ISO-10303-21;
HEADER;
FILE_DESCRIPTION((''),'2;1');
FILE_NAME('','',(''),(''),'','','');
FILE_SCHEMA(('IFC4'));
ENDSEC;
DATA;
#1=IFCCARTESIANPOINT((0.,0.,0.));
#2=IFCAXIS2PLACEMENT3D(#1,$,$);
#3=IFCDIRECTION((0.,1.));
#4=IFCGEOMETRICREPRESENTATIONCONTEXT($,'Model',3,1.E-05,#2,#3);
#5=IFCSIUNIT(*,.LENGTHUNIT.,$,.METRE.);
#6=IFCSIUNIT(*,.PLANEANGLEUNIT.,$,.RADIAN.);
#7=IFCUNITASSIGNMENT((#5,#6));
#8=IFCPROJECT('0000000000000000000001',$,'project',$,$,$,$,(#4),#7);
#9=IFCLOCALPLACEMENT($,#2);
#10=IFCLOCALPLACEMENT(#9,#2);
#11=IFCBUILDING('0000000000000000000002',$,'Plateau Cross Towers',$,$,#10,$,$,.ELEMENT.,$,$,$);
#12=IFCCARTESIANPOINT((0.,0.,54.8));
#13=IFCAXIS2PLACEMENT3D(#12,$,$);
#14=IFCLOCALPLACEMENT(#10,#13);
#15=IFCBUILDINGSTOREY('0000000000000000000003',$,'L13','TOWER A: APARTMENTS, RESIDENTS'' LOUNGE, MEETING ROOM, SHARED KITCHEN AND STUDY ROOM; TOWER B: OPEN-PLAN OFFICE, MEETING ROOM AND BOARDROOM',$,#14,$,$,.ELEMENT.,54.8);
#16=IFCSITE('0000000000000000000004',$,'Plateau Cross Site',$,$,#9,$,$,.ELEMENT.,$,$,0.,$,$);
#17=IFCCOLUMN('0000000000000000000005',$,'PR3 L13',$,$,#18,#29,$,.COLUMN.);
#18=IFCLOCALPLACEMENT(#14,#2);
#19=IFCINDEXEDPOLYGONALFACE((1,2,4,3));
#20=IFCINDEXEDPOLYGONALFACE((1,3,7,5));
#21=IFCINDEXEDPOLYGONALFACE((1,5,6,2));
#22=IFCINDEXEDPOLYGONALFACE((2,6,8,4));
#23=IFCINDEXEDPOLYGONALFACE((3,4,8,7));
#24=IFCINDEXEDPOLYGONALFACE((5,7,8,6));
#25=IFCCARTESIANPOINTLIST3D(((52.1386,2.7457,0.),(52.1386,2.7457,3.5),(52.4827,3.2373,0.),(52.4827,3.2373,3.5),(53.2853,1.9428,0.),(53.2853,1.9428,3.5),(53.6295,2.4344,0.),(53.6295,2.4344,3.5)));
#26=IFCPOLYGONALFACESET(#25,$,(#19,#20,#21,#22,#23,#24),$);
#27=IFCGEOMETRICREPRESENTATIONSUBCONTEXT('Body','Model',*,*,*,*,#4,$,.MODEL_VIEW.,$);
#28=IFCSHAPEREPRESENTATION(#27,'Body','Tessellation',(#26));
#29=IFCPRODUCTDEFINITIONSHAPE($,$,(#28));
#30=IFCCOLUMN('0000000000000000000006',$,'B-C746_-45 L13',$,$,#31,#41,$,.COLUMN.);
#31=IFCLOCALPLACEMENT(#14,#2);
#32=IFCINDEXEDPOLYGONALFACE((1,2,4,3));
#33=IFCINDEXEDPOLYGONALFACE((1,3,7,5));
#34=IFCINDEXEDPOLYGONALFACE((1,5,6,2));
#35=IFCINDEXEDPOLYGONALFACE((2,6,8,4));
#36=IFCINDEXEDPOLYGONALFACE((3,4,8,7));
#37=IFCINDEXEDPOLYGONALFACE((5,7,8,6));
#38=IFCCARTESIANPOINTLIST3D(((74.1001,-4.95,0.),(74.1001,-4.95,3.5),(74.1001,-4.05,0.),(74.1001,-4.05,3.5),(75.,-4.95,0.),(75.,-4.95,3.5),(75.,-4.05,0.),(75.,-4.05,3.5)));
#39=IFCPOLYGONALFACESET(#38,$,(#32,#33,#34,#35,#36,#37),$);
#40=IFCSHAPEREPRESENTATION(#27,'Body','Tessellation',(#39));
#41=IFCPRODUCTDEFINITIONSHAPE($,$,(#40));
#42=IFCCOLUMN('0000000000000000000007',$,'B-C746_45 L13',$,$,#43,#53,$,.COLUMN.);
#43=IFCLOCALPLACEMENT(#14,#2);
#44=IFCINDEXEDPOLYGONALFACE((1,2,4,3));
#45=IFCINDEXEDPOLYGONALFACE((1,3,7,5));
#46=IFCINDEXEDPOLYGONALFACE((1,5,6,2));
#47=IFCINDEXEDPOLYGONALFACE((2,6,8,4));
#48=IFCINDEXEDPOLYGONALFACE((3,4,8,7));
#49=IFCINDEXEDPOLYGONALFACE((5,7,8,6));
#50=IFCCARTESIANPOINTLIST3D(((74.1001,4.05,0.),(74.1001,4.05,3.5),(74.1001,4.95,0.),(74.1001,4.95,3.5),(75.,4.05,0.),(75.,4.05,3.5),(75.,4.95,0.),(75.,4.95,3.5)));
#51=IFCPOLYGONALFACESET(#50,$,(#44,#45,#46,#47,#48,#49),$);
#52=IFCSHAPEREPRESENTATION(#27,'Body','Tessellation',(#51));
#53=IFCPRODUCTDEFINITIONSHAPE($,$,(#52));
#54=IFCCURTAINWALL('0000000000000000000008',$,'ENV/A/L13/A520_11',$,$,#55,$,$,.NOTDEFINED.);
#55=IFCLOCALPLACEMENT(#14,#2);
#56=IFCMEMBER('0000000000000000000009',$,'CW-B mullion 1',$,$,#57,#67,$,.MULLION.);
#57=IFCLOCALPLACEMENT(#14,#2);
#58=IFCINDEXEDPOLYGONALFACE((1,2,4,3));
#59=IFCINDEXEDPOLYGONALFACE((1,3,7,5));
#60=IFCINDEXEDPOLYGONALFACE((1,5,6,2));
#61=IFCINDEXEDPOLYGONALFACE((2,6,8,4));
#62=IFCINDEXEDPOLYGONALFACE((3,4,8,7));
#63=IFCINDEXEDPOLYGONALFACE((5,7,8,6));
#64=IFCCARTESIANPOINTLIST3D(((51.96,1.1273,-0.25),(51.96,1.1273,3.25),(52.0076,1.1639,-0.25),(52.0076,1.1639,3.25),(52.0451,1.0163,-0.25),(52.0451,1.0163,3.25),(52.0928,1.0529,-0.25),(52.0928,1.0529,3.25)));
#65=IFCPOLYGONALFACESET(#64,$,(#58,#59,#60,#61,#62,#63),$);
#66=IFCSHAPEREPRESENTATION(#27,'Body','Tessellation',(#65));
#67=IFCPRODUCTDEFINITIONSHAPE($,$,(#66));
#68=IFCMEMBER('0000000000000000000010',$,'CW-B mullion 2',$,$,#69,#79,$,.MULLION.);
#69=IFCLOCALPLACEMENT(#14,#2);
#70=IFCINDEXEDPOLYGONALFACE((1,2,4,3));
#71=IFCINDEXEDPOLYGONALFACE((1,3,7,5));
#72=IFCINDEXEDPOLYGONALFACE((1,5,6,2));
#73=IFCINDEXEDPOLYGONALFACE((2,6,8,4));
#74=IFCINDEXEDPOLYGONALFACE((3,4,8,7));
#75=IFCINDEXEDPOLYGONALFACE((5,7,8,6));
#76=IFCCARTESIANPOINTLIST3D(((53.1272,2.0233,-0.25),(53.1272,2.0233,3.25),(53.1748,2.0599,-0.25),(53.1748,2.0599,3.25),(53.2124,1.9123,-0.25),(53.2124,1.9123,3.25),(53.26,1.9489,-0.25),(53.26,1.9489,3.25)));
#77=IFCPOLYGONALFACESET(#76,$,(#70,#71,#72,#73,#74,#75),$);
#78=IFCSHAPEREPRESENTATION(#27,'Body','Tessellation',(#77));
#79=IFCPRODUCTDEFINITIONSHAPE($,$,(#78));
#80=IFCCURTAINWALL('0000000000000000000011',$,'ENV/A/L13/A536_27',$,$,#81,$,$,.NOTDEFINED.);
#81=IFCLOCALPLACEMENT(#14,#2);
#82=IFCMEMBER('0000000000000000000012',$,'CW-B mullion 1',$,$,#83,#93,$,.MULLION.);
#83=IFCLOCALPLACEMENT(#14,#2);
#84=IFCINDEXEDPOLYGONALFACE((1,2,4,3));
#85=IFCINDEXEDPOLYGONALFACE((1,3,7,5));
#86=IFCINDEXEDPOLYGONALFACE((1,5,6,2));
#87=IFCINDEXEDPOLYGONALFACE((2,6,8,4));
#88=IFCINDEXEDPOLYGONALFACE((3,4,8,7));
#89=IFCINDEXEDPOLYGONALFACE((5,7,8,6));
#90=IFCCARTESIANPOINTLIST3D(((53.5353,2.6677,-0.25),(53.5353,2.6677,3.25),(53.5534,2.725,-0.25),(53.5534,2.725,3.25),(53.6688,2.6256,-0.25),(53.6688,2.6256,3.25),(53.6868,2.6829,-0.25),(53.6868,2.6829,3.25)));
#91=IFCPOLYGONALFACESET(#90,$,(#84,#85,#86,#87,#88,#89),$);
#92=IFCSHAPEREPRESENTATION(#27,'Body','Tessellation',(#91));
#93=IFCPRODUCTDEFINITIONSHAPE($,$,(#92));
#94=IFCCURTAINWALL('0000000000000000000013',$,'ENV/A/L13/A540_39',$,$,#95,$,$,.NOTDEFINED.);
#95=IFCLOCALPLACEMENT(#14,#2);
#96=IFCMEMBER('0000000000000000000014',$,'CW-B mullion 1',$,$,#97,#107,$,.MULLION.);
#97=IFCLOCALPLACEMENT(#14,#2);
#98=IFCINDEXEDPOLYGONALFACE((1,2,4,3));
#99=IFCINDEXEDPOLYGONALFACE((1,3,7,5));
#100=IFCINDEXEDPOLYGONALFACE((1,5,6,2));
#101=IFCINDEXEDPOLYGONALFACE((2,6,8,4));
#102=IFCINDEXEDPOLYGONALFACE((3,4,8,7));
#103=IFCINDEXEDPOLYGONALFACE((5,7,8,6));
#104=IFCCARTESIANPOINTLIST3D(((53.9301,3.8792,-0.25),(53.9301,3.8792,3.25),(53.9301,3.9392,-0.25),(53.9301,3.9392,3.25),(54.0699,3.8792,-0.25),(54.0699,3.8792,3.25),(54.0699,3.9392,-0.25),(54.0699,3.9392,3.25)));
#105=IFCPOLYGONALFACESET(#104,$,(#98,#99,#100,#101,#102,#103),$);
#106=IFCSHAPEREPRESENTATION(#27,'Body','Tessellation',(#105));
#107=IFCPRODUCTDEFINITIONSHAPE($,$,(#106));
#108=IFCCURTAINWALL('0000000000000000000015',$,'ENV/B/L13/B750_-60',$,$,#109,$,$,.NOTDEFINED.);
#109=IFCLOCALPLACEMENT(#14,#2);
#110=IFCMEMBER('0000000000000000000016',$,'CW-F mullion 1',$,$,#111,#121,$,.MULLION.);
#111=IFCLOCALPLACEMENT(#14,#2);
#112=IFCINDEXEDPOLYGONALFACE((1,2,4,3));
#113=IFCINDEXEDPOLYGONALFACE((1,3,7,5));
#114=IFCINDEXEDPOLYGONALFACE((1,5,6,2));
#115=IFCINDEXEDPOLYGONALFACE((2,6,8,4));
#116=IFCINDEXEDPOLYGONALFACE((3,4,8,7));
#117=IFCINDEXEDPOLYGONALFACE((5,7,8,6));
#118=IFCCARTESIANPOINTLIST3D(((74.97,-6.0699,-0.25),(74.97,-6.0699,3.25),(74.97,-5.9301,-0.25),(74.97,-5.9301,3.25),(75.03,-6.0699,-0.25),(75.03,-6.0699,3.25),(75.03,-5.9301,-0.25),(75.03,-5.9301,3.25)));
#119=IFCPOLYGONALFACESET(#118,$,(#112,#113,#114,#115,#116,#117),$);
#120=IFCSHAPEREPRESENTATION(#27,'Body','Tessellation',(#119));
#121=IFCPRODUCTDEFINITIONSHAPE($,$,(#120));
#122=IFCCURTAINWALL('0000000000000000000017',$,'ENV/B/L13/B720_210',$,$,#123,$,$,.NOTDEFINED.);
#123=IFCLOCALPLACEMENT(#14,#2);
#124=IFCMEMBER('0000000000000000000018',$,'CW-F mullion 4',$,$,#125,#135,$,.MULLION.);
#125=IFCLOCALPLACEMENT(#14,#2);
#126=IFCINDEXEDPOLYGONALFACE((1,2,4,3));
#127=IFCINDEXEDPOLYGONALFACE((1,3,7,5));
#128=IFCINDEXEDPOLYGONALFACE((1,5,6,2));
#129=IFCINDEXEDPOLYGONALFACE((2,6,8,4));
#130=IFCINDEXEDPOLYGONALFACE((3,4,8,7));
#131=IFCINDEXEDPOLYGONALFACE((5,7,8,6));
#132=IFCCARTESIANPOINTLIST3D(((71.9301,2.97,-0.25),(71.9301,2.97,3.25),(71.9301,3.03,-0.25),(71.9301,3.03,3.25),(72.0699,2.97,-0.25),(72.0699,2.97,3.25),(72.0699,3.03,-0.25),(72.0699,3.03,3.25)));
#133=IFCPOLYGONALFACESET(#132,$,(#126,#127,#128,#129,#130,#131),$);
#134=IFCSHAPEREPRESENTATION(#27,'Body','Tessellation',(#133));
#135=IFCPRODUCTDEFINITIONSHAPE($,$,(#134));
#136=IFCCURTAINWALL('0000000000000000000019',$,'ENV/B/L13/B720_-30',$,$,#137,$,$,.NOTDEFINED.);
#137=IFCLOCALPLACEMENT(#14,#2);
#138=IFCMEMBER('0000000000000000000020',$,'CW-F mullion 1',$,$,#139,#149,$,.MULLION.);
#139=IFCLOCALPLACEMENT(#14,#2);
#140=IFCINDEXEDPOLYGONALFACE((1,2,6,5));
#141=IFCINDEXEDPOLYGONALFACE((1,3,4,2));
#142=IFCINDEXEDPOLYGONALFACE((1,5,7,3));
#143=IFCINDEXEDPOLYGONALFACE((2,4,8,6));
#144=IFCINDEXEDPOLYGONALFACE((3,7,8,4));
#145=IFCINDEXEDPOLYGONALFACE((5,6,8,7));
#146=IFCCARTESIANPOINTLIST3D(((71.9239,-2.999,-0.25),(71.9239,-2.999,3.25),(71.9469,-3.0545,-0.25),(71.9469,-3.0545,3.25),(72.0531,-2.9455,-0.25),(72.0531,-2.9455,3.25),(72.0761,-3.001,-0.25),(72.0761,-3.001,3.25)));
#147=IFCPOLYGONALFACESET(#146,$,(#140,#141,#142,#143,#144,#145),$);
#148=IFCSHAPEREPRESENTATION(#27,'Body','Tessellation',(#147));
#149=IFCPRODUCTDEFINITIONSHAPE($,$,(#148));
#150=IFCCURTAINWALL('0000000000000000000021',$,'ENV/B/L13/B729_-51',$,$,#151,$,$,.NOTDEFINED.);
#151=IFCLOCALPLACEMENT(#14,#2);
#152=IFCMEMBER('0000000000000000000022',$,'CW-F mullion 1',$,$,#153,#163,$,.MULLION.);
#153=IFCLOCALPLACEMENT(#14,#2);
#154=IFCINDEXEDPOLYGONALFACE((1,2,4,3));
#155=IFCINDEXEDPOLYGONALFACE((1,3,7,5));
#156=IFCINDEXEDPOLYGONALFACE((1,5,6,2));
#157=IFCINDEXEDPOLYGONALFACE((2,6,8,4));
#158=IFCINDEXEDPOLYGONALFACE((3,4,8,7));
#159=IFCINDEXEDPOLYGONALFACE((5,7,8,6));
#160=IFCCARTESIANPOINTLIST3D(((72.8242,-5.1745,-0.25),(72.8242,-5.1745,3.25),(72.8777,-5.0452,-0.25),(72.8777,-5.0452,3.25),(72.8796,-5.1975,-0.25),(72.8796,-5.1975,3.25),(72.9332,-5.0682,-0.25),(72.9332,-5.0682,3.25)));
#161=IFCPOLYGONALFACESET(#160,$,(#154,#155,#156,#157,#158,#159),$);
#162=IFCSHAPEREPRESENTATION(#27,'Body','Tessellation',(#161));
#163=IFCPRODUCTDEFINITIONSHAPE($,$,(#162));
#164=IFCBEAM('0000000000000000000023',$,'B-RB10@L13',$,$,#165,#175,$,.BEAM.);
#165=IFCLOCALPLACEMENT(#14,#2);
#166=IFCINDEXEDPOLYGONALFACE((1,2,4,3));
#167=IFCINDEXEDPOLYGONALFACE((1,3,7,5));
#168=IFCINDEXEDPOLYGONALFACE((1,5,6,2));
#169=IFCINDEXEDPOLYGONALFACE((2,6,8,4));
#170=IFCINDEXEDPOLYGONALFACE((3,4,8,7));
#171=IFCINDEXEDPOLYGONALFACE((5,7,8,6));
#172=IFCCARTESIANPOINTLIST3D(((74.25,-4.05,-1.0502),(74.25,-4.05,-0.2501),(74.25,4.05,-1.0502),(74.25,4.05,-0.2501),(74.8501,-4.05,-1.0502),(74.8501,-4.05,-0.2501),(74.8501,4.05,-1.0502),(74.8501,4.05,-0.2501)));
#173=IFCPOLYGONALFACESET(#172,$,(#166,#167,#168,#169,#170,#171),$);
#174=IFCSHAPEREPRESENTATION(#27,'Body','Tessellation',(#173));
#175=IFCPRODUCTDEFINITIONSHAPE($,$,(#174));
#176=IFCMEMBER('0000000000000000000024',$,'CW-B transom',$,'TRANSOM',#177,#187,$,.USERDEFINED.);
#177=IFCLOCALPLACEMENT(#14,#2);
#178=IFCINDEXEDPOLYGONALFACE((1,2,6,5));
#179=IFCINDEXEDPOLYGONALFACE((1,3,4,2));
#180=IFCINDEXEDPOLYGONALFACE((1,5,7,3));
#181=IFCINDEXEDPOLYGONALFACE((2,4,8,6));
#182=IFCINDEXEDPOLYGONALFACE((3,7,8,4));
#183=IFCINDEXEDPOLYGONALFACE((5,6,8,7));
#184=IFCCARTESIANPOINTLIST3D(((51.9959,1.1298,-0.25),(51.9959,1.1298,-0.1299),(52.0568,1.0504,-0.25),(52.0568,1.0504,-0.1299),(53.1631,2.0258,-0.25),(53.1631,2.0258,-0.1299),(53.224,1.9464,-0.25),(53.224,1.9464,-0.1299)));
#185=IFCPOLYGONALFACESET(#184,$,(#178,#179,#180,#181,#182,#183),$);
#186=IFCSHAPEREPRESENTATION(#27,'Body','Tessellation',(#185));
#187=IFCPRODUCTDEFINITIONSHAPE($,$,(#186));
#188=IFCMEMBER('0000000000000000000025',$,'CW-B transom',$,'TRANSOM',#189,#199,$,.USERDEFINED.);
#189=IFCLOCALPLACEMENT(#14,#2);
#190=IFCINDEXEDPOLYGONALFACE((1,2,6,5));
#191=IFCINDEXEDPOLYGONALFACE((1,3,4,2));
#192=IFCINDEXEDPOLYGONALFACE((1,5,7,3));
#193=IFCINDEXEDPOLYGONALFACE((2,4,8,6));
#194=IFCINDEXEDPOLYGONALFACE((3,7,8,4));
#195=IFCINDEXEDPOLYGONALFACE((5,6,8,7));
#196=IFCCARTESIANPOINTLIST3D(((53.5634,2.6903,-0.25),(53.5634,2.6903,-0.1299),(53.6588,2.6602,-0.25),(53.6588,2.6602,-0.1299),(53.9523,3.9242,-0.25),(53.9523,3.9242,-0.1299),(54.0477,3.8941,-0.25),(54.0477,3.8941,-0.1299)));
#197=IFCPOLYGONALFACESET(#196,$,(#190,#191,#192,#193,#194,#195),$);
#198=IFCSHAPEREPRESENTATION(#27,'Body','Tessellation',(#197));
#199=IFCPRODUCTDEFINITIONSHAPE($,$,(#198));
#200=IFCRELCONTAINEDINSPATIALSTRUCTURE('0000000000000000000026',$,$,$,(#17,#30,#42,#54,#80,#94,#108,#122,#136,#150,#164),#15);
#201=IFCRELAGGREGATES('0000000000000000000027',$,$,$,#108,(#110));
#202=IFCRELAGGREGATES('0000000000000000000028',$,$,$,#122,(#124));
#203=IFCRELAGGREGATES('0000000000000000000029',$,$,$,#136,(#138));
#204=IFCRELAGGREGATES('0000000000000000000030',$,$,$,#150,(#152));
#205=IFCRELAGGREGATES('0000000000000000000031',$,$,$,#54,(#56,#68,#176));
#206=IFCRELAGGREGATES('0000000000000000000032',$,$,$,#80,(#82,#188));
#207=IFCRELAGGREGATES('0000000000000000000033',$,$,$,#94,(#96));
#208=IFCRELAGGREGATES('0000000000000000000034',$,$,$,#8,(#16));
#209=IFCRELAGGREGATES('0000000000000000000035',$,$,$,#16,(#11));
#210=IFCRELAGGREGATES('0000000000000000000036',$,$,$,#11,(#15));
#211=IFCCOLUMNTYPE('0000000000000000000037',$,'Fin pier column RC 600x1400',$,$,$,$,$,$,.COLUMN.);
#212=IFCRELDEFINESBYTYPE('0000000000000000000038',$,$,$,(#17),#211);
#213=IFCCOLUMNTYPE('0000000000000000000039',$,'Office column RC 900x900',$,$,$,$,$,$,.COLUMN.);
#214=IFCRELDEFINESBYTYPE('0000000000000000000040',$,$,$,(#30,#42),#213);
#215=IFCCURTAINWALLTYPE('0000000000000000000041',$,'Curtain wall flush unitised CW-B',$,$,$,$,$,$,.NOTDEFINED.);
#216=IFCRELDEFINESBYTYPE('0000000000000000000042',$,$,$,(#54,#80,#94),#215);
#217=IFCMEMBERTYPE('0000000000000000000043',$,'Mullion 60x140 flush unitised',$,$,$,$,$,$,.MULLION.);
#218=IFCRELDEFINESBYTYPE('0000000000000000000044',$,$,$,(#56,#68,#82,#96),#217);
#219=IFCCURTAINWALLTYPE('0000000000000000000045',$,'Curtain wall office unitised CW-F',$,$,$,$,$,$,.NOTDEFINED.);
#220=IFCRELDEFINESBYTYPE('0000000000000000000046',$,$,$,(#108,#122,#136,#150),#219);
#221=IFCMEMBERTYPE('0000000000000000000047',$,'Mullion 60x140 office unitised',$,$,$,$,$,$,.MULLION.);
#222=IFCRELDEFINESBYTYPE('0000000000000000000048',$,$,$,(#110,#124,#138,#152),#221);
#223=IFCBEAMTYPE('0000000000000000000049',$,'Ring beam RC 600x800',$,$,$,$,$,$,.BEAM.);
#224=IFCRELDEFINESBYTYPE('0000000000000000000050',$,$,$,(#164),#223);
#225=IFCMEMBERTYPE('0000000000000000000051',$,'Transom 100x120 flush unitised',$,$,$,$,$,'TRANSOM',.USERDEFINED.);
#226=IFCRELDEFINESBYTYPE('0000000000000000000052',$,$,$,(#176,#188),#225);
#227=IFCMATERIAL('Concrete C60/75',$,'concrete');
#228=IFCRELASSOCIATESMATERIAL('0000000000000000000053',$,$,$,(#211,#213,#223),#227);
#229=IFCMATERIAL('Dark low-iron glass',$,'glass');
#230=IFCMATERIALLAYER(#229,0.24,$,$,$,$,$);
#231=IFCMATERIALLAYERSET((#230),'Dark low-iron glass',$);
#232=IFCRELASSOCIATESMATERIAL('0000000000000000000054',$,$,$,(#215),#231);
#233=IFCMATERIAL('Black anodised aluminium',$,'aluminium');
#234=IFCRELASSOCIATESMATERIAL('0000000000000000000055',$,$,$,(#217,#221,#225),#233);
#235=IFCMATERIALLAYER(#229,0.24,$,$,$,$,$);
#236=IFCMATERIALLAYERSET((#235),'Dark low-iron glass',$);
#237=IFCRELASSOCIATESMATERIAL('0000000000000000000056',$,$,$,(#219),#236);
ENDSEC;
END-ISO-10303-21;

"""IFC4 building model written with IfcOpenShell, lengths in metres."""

from ifc_helpers import new_model, si_unit, direction, frame, origin, origin_2d, place, context, subcontext, project, spatial, rectangle, extrude, material, layer, layer_set, material_profile, profile_set, type_object, element, aggregate, save


model = new_model("IFC4")

# Units and contexts
model_context = context("Model", 3, precision=1e-05, world=origin(), true_north=direction((0.0, 1.0)))
body_context = subcontext(model_context, "Body", "Model", "MODEL_VIEW")
ifc_project = project(units=[si_unit("LENGTHUNIT", "METRE"), si_unit("PLANEANGLEUNIT", "RADIAN")], contexts=[model_context])

# Site, building, storey
site_placement = place(None, origin())
site = spatial("IfcSite", under=ifc_project, at=site_placement, Name="Plateau Cross Site", CompositionType="ELEMENT", RefElevation=0.0)
building_placement = place(site_placement, origin())
building = spatial("IfcBuilding", under=site, at=building_placement, Name="Plateau Cross Towers", CompositionType="ELEMENT")
storey_placement = place(building_placement, frame((0.0, 0.0, 54.8)))
storey = spatial("IfcBuildingStorey", under=building, at=storey_placement, Name="L13", Description="TOWER A: APARTMENTS, RESIDENTS' LOUNGE, MEETING ROOM, SHARED KITCHEN AND STUDY ROOM; TOWER B: OPEN-PLAN OFFICE, MEETING ROOM AND BOARDROOM", CompositionType="ELEMENT", Elevation=54.8)

# Columns
ifc_material_1 = material(Name="Concrete C60/75", Category="concrete")
ifc_material_profile_1 = material_profile(ifc_material_1, rectangle(XDim=0.6001, YDim=1.3999, at=origin_2d()), Name="RC 600x1400")
ifc_profile_set_1 = profile_set([ifc_material_profile_1], Name="Concrete C60/75")
column_type_1 = type_object("IfcColumnType", Name="Fin pier column RC 600x1400", PredefinedType="COLUMN", material=ifc_profile_set_1)
column_placement = place(storey_placement, frame((52.884, 2.5901, 0.0), z_axis=(0.0, 0.0, 1.0), x_axis=(0.573543, 0.819176, 0.0)))
element("IfcColumn", 1, at=column_placement, inside=storey, type_object=column_type_1, Name="PR3 L13", PredefinedType="COLUMN", context=body_context, shape_type="SweptSolid", body=[
    extrude(rectangle(XDim=0.6001, YDim=1.3999, at=origin_2d()), origin(), (0.0, 0.0, 1.0), 3.5),
])
ifc_material_profile_2 = material_profile(ifc_material_1, rectangle(XDim=0.8999, YDim=0.8999, at=origin_2d()), Name="RC 900x900")
ifc_profile_set_2 = profile_set([ifc_material_profile_2], Name="Concrete C60/75")
column_type_2 = type_object("IfcColumnType", Name="Office column RC 900x900", PredefinedType="COLUMN", material=ifc_profile_set_2)
for number, where, z_axis, x_axis, name in (
    (2, (74.55, -4.5, 0.0), (0.0, 0.0, 1.0), (1.0, 0.0, 0.0), "B-C746_-45 L13"),
    (3, (74.55, 4.5, 0.0), (0.0, 0.0, 1.0), (1.0, 0.0, 0.0), "B-C746_45 L13"),
):
    element("IfcColumn", number, at=place(storey_placement, frame(where, z_axis=z_axis, x_axis=x_axis)), inside=storey, type_object=column_type_2, Name=name, PredefinedType="COLUMN", context=body_context, shape_type="SweptSolid", body=[
        extrude(rectangle(XDim=0.8999, YDim=0.8999, at=origin_2d()), origin(), (0.0, 0.0, 1.0), 3.5),
    ])

# Curtain wall, members
ifc_material_2 = material(Name="Dark low-iron glass", Category="glass")
ifc_layer_1 = layer(ifc_material_2, 0.24)
ifc_layer_set_1 = layer_set([ifc_layer_1], Name="Dark low-iron glass")
curtain_wall_type_1 = type_object("IfcCurtainWallType", Name="Curtain wall flush unitised CW-B", PredefinedType="NOTDEFINED", material=ifc_layer_set_1)
curtain_wall_1_placement = place(storey_placement, origin())
curtain_wall_1 = element("IfcCurtainWall", 4, at=curtain_wall_1_placement, inside=storey, type_object=curtain_wall_type_1, Name="ENV/A/L13/A520_11", PredefinedType="NOTDEFINED")
ifc_material_3 = material(Name="Black anodised aluminium", Category="aluminium")
ifc_material_profile_3 = material_profile(ifc_material_3, rectangle(XDim=0.0601, YDim=0.1399, at=origin_2d()), Name="MULLION 60x140")
ifc_profile_set_3 = profile_set([ifc_material_profile_3], Name="Black anodised aluminium")
member_type_1 = type_object("IfcMemberType", Name="Mullion 60x140 flush unitised", PredefinedType="MULLION", material=ifc_profile_set_3)
member_1_placement = place(storey_placement, frame((52.0264, 1.0901, -0.25), z_axis=(0.0, 0.0, 1.0), x_axis=(0.793316, 0.608811, 0.0)))
member_1 = element("IfcMember", 5, at=member_1_placement, type_object=member_type_1, Name="CW-B mullion 1", PredefinedType="MULLION", context=body_context, shape_type="SweptSolid", body=[
    extrude(rectangle(XDim=0.0601, YDim=0.1399, at=origin_2d()), origin(), (0.0, 0.0, 1.0), 3.5),
])
member_2_placement = place(storey_placement, frame((53.1936, 1.9861, -0.25), z_axis=(0.0, 0.0, 1.0), x_axis=(0.793316, 0.608811, 0.0)))
member_2 = element("IfcMember", 6, at=member_2_placement, type_object=member_type_1, Name="CW-B mullion 2", PredefinedType="MULLION", context=body_context, shape_type="SweptSolid", body=[
    extrude(rectangle(XDim=0.0601, YDim=0.1399, at=origin_2d()), origin(), (0.0, 0.0, 1.0), 3.5),
])

# Curtain walls, members
curtain_wall_2_placement = place(storey_placement, origin())
curtain_wall_2 = element("IfcCurtainWall", 7, at=curtain_wall_2_placement, inside=storey, type_object=curtain_wall_type_1, Name="ENV/A/L13/A536_27", PredefinedType="NOTDEFINED")
member_3_placement = place(storey_placement, frame((53.6111, 2.6753, -0.25), z_axis=(0.0, 0.0, 1.0), x_axis=(0.300686, 0.953723, 0.0)))
member_3 = element("IfcMember", 8, at=member_3_placement, type_object=member_type_1, Name="CW-B mullion 1", PredefinedType="MULLION", context=body_context, shape_type="SweptSolid", body=[
    extrude(rectangle(XDim=0.0601, YDim=0.1399, at=origin_2d()), origin(), (0.0, 0.0, 1.0), 3.5),
])
curtain_wall_3_placement = place(storey_placement, origin())
curtain_wall_3 = element("IfcCurtainWall", 9, at=curtain_wall_3_placement, inside=storey, type_object=curtain_wall_type_1, Name="ENV/A/L13/A540_39", PredefinedType="NOTDEFINED")
member_4_placement = place(storey_placement, frame((54.0, 3.9092, -0.25), z_axis=(0.0, 0.0, 1.0), x_axis=(0.0, 1.0, 0.0)))
member_4 = element("IfcMember", 10, at=member_4_placement, type_object=member_type_1, Name="CW-B mullion 1", PredefinedType="MULLION", context=body_context, shape_type="SweptSolid", body=[
    extrude(rectangle(XDim=0.0601, YDim=0.1399, at=origin_2d()), origin(), (0.0, 0.0, 1.0), 3.5),
])
ifc_layer_2 = layer(ifc_material_2, 0.24)
ifc_layer_set_2 = layer_set([ifc_layer_2], Name="Dark low-iron glass")
curtain_wall_type_2 = type_object("IfcCurtainWallType", Name="Curtain wall office unitised CW-F", PredefinedType="NOTDEFINED", material=ifc_layer_set_2)
curtain_wall_4_placement = place(storey_placement, origin())
curtain_wall_4 = element("IfcCurtainWall", 11, at=curtain_wall_4_placement, inside=storey, type_object=curtain_wall_type_2, Name="ENV/B/L13/B750_-60", PredefinedType="NOTDEFINED")
ifc_material_profile_4 = material_profile(ifc_material_3, rectangle(XDim=0.0601, YDim=0.1399, at=origin_2d()), Name="MULLION 60x140")
ifc_profile_set_4 = profile_set([ifc_material_profile_4], Name="Black anodised aluminium")
member_type_2 = type_object("IfcMemberType", Name="Mullion 60x140 office unitised", PredefinedType="MULLION", material=ifc_profile_set_4)
member_5_placement = place(storey_placement, frame((75.0, -6.0, -0.25), z_axis=(0.0, 0.0, 1.0), x_axis=(1.0, 0.0, 0.0)))
member_5 = element("IfcMember", 12, at=member_5_placement, type_object=member_type_2, Name="CW-F mullion 1", PredefinedType="MULLION", context=body_context, shape_type="SweptSolid", body=[
    extrude(rectangle(XDim=0.0601, YDim=0.1399, at=origin_2d()), origin(), (0.0, 0.0, 1.0), 3.5),
])
curtain_wall_5_placement = place(storey_placement, origin())
curtain_wall_5 = element("IfcCurtainWall", 13, at=curtain_wall_5_placement, inside=storey, type_object=curtain_wall_type_2, Name="ENV/B/L13/B720_210", PredefinedType="NOTDEFINED")
member_6_placement = place(storey_placement, frame((72.0, 3.0, -0.25), z_axis=(0.0, 0.0, 1.0), x_axis=(0.0, -1.0, 0.0)))
member_6 = element("IfcMember", 14, at=member_6_placement, type_object=member_type_2, Name="CW-F mullion 4", PredefinedType="MULLION", context=body_context, shape_type="SweptSolid", body=[
    extrude(rectangle(XDim=0.0601, YDim=0.1399, at=origin_2d()), origin(), (0.0, 0.0, 1.0), 3.5),
])
curtain_wall_6_placement = place(storey_placement, origin())
curtain_wall_6 = element("IfcCurtainWall", 15, at=curtain_wall_6_placement, inside=storey, type_object=curtain_wall_type_2, Name="ENV/B/L13/B720_-30", PredefinedType="NOTDEFINED")
member_7_placement = place(storey_placement, frame((72.0, -3.0, -0.25), z_axis=(0.0, 0.0, 1.0), x_axis=(0.382684, -0.923879, 0.0)))
member_7 = element("IfcMember", 16, at=member_7_placement, type_object=member_type_2, Name="CW-F mullion 1", PredefinedType="MULLION", context=body_context, shape_type="SweptSolid", body=[
    extrude(rectangle(XDim=0.0601, YDim=0.1399, at=origin_2d()), origin(), (0.0, 0.0, 1.0), 3.5),
])
curtain_wall_7_placement = place(storey_placement, origin())
curtain_wall_7 = element("IfcCurtainWall", 17, at=curtain_wall_7_placement, inside=storey, type_object=curtain_wall_type_2, Name="ENV/B/L13/B729_-51", PredefinedType="NOTDEFINED")
member_8_placement = place(storey_placement, frame((72.8787, -5.1213, -0.25), z_axis=(0.0, 0.0, 1.0), x_axis=(0.923879, -0.382684, 0.0)))
member_8 = element("IfcMember", 18, at=member_8_placement, type_object=member_type_2, Name="CW-F mullion 1", PredefinedType="MULLION", context=body_context, shape_type="SweptSolid", body=[
    extrude(rectangle(XDim=0.0601, YDim=0.1399, at=origin_2d()), origin(), (0.0, 0.0, 1.0), 3.5),
])

# Beam
ifc_material_profile_5 = material_profile(ifc_material_1, rectangle(XDim=0.6001, YDim=0.8, at=origin_2d()), Name="RC 600x800")
ifc_profile_set_5 = profile_set([ifc_material_profile_5], Name="Concrete C60/75")
beam_type = type_object("IfcBeamType", Name="Ring beam RC 600x800", PredefinedType="BEAM", material=ifc_profile_set_5)
beam_placement = place(storey_placement, frame((74.55, 4.05, -0.6501), z_axis=(0.0, -1.0, 0.0), x_axis=(1.0, 0.0, 0.0)))
element("IfcBeam", 19, at=beam_placement, inside=storey, type_object=beam_type, Name="B-RB10@L13", PredefinedType="BEAM", context=body_context, shape_type="SweptSolid", body=[
    extrude(rectangle(XDim=0.6001, YDim=0.8, at=origin_2d()), origin(), (0.0, 0.0, 1.0), 8.1001),
])

# Members
ifc_material_profile_6 = material_profile(ifc_material_3, rectangle(XDim=0.1001, YDim=0.1201, at=origin_2d()), Name="TRANSOM 100x120")
ifc_profile_set_6 = profile_set([ifc_material_profile_6], Name="Black anodised aluminium")
member_type_3 = type_object("IfcMemberType", Name="Transom 100x120 flush unitised", ElementType="TRANSOM", PredefinedType="USERDEFINED", material=ifc_profile_set_6)
member_9_placement = place(storey_placement, frame((52.0264, 1.0901, -0.1899), z_axis=(0.79324, 0.608909, 0.0), x_axis=(-0.608909, 0.79324, 0.0)))
member_9 = element("IfcMember", 20, at=member_9_placement, type_object=member_type_3, Name="CW-B transom", ObjectType="TRANSOM", PredefinedType="USERDEFINED", context=body_context, shape_type="SweptSolid", body=[
    extrude(rectangle(XDim=0.1001, YDim=0.1201, at=origin_2d()), origin(), (0.0, 0.0, 1.0), 1.4714),
])
member_10_placement = place(storey_placement, frame((53.6111, 2.6753, -0.1899), z_axis=(0.300617, 0.953745, 0.0), x_axis=(-0.953745, 0.300617, 0.0)))
member_10 = element("IfcMember", 21, at=member_10_placement, type_object=member_type_3, Name="CW-B transom", ObjectType="TRANSOM", PredefinedType="USERDEFINED", context=body_context, shape_type="SweptSolid", body=[
    extrude(rectangle(XDim=0.1001, YDim=0.1201, at=origin_2d()), origin(), (0.0, 0.0, 1.0), 1.2937),
])
aggregate(curtain_wall_4, [member_5])

aggregate(curtain_wall_5, [member_6])
aggregate(curtain_wall_6, [member_7])
aggregate(curtain_wall_7, [member_8])

aggregate(curtain_wall_1, [member_1, member_2, member_9])
aggregate(curtain_wall_2, [member_3, member_10])
aggregate(curtain_wall_3, [member_4])

save(model, "model.ifc")
